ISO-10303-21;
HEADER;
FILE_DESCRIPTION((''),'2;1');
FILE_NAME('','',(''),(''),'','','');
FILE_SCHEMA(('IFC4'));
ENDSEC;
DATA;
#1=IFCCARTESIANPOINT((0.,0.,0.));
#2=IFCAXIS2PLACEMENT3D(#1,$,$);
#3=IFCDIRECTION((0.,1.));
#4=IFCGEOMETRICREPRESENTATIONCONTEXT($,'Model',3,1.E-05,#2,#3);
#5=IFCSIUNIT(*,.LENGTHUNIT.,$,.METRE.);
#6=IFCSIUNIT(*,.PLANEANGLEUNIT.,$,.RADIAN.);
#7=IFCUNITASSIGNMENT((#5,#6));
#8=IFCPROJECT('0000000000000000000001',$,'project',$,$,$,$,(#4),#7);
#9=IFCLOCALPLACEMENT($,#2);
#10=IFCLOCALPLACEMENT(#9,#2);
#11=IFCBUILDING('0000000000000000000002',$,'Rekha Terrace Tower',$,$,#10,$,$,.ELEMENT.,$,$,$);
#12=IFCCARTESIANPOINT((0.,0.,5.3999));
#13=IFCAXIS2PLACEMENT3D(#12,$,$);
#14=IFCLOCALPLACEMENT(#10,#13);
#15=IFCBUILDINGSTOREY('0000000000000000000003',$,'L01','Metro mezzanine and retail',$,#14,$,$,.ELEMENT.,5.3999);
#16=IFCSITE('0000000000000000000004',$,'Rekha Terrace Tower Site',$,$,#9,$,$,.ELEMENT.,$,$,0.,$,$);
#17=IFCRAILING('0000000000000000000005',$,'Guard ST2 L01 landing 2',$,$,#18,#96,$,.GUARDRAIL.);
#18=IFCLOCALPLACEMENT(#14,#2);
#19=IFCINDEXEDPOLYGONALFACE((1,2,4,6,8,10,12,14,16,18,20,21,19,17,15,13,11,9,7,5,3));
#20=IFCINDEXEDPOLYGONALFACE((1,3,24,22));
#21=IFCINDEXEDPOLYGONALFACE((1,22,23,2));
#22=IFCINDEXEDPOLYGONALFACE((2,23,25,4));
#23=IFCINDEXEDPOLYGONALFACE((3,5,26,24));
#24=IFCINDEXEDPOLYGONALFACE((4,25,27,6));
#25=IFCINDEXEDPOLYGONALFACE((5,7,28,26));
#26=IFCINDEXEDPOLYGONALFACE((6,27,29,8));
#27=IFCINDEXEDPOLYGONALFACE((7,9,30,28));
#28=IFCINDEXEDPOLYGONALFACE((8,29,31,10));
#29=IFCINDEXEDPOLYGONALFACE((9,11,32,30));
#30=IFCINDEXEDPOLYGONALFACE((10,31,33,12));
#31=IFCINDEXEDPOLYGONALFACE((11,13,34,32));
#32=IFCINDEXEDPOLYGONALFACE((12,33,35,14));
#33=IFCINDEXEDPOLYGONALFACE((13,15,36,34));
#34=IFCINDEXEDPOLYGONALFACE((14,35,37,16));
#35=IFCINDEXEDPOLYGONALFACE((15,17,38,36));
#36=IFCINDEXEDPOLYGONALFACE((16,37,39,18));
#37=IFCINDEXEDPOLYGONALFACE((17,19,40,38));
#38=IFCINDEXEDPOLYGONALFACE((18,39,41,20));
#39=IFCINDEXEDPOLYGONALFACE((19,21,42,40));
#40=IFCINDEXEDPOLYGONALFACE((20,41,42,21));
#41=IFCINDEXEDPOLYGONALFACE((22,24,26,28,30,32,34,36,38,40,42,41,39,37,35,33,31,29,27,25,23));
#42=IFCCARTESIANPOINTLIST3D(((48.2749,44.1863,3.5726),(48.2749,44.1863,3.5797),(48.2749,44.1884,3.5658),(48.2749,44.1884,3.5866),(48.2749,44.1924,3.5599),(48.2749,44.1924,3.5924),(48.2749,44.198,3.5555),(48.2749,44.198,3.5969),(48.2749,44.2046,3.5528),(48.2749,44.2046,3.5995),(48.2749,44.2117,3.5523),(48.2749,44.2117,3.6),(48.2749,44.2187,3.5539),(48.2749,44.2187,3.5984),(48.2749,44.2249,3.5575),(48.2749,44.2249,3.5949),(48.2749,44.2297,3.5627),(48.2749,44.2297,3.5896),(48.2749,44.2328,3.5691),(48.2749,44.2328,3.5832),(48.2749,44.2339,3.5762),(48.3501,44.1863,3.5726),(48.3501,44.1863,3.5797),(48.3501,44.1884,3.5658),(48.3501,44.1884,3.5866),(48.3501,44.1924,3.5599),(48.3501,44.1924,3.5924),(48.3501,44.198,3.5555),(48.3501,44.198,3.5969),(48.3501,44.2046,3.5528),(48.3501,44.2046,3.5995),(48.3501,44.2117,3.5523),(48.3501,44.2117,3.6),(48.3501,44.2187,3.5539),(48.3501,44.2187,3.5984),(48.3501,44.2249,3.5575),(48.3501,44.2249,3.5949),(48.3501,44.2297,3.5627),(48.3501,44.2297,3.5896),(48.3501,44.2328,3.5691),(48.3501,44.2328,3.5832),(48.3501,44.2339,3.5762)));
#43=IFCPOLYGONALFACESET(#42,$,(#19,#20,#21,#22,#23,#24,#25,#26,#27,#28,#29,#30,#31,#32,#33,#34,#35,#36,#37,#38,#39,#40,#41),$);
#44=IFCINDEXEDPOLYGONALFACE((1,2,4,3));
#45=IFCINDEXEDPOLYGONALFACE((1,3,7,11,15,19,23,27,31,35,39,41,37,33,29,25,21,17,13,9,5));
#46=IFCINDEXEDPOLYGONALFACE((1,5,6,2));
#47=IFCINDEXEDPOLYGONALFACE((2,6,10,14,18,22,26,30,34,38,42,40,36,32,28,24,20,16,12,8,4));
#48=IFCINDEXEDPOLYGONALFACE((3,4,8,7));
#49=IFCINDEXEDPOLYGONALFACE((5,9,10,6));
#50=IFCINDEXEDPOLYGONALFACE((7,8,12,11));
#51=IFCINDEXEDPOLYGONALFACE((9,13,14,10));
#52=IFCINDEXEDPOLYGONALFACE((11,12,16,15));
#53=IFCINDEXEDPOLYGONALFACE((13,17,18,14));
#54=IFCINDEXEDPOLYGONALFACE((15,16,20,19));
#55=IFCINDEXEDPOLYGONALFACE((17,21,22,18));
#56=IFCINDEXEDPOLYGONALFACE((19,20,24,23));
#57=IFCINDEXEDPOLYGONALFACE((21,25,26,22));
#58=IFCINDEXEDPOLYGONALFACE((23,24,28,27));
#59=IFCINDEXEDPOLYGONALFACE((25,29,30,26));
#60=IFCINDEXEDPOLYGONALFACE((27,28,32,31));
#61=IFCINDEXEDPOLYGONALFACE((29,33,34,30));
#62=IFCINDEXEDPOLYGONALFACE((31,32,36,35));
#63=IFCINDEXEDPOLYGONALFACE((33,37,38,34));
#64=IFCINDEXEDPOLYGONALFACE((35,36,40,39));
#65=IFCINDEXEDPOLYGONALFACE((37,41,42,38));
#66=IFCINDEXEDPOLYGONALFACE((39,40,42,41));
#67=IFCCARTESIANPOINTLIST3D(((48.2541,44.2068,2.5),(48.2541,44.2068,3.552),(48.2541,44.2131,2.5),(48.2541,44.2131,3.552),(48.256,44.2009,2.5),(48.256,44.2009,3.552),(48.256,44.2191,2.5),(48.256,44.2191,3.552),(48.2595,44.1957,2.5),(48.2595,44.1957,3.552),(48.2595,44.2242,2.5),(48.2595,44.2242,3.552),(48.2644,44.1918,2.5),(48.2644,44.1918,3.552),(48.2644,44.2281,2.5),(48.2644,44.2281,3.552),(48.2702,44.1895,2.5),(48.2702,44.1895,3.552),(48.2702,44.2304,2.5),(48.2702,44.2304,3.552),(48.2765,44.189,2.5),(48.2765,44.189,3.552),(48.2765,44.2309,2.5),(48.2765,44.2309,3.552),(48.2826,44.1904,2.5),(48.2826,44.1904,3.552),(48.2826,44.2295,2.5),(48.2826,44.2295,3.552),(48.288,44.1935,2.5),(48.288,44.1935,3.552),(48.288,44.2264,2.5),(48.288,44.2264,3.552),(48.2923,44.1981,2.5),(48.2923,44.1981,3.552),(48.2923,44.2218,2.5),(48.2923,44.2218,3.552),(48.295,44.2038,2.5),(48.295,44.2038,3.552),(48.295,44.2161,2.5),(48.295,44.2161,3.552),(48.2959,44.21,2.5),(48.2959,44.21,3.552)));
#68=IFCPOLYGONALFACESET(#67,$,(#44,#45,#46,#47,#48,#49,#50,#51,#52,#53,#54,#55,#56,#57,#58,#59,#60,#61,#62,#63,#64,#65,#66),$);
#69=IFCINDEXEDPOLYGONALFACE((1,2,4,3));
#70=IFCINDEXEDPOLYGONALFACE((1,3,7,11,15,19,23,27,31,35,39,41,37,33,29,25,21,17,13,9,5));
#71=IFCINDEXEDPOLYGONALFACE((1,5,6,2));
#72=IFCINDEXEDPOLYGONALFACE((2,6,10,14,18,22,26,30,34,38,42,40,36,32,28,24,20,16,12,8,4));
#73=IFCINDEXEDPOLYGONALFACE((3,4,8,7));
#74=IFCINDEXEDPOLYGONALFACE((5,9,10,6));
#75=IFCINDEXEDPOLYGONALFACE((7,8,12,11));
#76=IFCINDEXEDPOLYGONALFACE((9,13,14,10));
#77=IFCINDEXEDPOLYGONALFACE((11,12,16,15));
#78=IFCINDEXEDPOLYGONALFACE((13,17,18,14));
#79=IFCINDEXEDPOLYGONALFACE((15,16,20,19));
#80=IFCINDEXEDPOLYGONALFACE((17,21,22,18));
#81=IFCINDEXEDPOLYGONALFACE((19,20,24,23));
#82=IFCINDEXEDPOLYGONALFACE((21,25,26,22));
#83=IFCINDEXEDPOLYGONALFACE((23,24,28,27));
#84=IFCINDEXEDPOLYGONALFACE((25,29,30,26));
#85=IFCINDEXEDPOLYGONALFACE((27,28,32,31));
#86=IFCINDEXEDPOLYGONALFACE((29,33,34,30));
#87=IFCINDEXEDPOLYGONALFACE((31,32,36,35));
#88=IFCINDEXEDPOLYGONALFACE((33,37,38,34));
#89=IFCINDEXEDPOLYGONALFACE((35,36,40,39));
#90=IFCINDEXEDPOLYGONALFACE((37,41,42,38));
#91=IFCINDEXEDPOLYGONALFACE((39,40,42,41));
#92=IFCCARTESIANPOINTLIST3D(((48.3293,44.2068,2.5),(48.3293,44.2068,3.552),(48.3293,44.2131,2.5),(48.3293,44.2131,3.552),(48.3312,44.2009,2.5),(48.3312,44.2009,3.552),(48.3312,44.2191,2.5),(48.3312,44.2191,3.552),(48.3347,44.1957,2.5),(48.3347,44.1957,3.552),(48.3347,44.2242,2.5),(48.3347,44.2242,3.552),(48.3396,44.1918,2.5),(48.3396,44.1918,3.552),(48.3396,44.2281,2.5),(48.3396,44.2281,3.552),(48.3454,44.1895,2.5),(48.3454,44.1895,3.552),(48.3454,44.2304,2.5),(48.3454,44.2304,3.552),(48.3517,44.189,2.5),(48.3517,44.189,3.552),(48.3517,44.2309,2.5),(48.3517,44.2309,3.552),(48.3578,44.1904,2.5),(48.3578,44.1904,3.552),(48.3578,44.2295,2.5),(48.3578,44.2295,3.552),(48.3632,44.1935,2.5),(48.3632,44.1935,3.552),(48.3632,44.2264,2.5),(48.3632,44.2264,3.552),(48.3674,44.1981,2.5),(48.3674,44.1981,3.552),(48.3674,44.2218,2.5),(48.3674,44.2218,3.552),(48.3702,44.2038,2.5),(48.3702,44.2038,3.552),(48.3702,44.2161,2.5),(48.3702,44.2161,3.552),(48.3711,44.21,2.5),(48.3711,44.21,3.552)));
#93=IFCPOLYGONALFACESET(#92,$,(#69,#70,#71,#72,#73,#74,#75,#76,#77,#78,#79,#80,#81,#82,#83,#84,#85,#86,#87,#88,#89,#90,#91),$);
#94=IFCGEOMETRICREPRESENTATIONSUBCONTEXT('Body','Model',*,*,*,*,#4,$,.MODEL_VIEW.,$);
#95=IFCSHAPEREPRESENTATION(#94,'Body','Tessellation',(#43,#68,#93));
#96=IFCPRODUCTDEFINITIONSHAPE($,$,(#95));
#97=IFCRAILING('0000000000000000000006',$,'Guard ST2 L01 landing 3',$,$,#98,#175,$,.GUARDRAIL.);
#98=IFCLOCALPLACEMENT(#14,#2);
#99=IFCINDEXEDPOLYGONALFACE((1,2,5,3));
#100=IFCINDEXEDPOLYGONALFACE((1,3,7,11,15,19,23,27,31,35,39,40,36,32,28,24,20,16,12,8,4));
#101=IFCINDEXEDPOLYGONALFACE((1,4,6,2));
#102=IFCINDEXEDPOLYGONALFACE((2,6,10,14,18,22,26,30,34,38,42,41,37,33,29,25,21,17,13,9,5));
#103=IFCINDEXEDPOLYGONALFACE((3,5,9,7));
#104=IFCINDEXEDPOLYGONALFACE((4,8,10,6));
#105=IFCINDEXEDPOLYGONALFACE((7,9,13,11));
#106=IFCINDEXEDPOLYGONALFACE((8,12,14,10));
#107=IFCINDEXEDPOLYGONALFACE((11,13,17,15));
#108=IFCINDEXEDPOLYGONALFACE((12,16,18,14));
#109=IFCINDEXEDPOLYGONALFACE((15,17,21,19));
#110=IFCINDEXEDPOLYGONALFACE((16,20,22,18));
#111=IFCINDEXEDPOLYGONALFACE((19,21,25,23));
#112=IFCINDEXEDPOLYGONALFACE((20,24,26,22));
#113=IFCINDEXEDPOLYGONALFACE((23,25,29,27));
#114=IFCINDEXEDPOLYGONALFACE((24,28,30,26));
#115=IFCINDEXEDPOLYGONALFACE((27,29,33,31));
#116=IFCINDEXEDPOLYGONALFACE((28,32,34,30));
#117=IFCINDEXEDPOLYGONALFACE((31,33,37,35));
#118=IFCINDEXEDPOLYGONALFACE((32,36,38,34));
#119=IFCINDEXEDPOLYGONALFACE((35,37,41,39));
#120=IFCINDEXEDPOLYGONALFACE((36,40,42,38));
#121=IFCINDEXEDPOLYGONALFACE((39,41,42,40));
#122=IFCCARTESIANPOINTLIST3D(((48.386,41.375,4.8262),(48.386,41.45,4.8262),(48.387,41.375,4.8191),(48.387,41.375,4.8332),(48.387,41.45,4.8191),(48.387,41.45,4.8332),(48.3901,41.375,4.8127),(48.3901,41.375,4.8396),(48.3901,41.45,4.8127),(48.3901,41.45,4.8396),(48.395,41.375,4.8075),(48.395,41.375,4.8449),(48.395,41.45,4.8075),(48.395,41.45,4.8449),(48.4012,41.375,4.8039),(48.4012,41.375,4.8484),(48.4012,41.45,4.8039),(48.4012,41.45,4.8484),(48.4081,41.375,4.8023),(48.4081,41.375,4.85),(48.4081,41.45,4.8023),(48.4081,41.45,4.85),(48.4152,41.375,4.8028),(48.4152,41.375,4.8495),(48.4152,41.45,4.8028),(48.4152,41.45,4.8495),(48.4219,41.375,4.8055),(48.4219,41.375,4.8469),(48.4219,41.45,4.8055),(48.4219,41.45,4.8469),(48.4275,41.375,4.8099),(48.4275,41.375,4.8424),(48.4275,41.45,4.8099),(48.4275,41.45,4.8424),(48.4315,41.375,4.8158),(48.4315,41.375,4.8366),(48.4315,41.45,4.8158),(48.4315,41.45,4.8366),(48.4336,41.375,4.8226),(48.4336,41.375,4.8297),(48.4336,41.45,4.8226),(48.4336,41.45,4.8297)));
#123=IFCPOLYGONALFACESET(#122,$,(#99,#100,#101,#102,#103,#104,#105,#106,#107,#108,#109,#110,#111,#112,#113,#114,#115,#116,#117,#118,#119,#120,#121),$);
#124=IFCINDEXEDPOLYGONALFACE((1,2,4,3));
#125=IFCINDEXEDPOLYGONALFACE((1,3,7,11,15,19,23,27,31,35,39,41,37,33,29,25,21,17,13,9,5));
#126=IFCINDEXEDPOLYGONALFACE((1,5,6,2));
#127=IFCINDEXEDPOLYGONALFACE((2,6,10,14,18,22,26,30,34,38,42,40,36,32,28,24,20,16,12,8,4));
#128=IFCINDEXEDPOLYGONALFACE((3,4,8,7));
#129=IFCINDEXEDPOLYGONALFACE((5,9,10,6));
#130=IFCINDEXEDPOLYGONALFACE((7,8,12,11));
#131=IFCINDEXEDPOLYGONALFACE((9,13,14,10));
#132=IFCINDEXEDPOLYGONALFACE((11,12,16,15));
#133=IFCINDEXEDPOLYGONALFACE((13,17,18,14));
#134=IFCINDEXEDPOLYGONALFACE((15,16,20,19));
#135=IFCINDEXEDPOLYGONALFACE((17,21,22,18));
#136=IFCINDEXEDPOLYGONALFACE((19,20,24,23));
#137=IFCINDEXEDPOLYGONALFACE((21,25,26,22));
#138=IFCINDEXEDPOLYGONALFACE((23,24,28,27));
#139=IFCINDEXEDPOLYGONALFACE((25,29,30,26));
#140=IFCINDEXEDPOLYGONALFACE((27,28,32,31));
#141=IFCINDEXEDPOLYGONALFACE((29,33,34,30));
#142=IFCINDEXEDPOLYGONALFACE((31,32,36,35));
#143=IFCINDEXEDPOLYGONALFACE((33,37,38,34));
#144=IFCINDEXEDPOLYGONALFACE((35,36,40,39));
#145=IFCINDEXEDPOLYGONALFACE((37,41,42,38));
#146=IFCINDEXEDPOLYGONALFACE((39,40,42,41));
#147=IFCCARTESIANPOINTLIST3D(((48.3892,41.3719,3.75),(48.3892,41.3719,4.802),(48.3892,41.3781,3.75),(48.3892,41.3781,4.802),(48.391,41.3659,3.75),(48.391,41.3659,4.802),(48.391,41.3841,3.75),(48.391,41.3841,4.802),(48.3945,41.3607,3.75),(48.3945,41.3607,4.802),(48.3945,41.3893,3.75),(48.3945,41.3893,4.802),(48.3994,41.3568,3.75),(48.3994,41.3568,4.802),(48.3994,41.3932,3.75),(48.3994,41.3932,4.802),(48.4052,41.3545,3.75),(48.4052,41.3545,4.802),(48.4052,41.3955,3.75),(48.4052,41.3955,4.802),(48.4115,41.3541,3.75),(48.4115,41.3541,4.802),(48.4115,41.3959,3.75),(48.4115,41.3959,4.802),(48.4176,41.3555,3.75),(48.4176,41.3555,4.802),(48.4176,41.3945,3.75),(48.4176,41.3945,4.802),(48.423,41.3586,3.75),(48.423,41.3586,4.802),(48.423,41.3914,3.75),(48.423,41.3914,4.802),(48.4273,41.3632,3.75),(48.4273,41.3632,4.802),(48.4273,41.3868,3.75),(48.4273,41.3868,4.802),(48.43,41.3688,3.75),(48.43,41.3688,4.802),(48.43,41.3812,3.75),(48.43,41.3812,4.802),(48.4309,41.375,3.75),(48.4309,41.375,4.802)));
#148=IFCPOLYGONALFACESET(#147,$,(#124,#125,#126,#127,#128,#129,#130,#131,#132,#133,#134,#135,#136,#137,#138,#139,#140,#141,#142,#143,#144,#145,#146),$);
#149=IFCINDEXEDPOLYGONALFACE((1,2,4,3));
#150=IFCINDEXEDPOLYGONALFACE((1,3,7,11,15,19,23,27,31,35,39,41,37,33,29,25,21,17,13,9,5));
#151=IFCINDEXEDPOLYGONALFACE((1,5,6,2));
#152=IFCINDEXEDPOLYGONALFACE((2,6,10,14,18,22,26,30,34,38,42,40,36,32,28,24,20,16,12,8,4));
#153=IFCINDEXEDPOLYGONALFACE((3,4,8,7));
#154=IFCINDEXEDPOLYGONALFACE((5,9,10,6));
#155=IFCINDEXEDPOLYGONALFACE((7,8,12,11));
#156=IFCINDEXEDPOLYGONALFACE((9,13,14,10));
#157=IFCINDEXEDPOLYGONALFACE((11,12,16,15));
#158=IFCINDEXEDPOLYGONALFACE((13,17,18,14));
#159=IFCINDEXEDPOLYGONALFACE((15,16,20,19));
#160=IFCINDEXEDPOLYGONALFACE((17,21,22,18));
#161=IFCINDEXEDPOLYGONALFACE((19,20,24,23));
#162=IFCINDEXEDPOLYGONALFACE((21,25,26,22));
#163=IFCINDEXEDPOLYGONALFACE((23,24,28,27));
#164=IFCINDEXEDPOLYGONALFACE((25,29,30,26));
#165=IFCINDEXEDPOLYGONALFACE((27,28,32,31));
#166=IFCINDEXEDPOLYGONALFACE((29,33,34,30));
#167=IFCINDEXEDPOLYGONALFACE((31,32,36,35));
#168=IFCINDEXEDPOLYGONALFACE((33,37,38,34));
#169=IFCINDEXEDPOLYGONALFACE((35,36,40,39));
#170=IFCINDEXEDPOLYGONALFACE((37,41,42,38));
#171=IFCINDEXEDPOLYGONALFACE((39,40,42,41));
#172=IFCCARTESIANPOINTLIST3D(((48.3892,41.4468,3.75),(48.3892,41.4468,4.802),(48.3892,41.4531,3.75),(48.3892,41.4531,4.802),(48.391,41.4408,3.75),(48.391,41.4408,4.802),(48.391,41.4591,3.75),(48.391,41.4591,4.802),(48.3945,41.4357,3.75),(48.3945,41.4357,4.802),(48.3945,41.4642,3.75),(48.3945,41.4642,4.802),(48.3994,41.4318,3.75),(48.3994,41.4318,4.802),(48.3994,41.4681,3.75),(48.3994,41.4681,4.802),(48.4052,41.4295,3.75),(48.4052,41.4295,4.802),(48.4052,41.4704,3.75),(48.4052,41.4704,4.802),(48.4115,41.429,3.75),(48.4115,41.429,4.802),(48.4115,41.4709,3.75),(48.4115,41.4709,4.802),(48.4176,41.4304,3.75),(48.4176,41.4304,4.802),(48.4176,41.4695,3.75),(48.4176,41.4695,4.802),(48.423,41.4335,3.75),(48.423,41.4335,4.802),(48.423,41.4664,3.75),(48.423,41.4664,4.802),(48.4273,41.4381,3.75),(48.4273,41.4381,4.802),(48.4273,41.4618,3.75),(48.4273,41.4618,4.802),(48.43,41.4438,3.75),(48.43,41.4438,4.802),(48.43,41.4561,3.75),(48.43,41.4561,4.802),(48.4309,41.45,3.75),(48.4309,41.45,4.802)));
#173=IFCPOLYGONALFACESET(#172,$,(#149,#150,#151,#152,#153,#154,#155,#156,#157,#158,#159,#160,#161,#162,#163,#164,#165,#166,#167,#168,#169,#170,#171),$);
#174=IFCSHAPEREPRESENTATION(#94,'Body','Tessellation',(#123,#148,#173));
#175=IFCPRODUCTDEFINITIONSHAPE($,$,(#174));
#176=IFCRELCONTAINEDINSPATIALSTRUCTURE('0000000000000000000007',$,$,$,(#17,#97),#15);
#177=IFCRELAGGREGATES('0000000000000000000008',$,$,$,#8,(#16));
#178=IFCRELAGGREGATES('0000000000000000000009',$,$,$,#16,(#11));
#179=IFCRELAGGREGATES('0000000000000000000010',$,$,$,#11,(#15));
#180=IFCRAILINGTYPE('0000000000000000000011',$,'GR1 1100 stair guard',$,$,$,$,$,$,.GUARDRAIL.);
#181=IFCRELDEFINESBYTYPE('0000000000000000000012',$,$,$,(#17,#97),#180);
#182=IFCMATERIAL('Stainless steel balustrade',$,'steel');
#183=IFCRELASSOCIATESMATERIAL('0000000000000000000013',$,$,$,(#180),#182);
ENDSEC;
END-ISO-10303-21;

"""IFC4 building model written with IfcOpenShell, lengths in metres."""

from ifc_helpers import new_model, si_unit, direction, frame, origin, origin_2d, place, context, subcontext, project, spatial, circle, extrude, material, type_object, element, save


model = new_model("IFC4")

# Units and contexts
model_context = context("Model", 3, precision=1e-05, world=origin(), true_north=direction((0.0, 1.0)))
body_context = subcontext(model_context, "Body", "Model", "MODEL_VIEW")
ifc_project = project(units=[si_unit("LENGTHUNIT", "METRE"), si_unit("PLANEANGLEUNIT", "RADIAN")], contexts=[model_context])

# Site, building, storey
site_placement = place(None, origin())
site = spatial("IfcSite", under=ifc_project, at=site_placement, Name="Rekha Terrace Tower Site", CompositionType="ELEMENT", RefElevation=0.0)
building_placement = place(site_placement, origin())
building = spatial("IfcBuilding", under=site, at=building_placement, Name="Rekha Terrace Tower", CompositionType="ELEMENT")
storey_placement = place(building_placement, frame((0.0, 0.0, 5.3999)))
storey = spatial("IfcBuildingStorey", under=building, at=storey_placement, Name="L01", Description="Metro mezzanine and retail", CompositionType="ELEMENT", Elevation=5.3999)

# Railings
ifc_material_1 = material(Name="Stainless steel balustrade", Category="steel")
railing_type_1 = type_object("IfcRailingType", Name="GR1 1100 stair guard", PredefinedType="GUARDRAIL", material=ifc_material_1)
railing_1_placement = place(storey_placement, frame((48.2749, 44.21, 2.5)))
element("IfcRailing", 1, at=railing_1_placement, inside=storey, type_object=railing_type_1, Name="Guard ST2 L01 landing 2", PredefinedType="GUARDRAIL", context=body_context, shape_type="SweptSolid", body=[
    extrude(circle(Radius=0.0239, at=origin_2d()), frame((0.0, 0.0, 1.0762), z_axis=(1.0, 0.0, 0.0), x_axis=(0.0, 1.0, 0.0)), (0.0, 0.0, 1.0), 0.0752),
    extrude(circle(Radius=0.021, at=origin_2d()), origin(), (0.0, 0.0, 1.0), 1.052),
    extrude(circle(Radius=0.021, at=origin_2d()), frame((0.0752, 0.0, 0.0)), (0.0, 0.0, 1.0), 1.052),
])
railing_2_placement = place(storey_placement, frame((48.4099, 41.375, 3.75)))
element("IfcRailing", 2, at=railing_2_placement, inside=storey, type_object=railing_type_1, Name="Guard ST2 L01 landing 3", PredefinedType="GUARDRAIL", context=body_context, shape_type="SweptSolid", body=[
    extrude(circle(Radius=0.0239, at=origin_2d()), frame((0.0, 0.0, 1.0762), z_axis=(0.0, 1.0, 0.0), x_axis=(-1.0, 0.0, 0.0)), (0.0, 0.0, 1.0), 0.075),
    extrude(circle(Radius=0.021, at=origin_2d()), origin(), (0.0, 0.0, 1.0), 1.052),
    extrude(circle(Radius=0.021, at=origin_2d()), frame((0.0, 0.075, 0.0)), (0.0, 0.0, 1.0), 1.052),
])

save(model, "model.ifc")
